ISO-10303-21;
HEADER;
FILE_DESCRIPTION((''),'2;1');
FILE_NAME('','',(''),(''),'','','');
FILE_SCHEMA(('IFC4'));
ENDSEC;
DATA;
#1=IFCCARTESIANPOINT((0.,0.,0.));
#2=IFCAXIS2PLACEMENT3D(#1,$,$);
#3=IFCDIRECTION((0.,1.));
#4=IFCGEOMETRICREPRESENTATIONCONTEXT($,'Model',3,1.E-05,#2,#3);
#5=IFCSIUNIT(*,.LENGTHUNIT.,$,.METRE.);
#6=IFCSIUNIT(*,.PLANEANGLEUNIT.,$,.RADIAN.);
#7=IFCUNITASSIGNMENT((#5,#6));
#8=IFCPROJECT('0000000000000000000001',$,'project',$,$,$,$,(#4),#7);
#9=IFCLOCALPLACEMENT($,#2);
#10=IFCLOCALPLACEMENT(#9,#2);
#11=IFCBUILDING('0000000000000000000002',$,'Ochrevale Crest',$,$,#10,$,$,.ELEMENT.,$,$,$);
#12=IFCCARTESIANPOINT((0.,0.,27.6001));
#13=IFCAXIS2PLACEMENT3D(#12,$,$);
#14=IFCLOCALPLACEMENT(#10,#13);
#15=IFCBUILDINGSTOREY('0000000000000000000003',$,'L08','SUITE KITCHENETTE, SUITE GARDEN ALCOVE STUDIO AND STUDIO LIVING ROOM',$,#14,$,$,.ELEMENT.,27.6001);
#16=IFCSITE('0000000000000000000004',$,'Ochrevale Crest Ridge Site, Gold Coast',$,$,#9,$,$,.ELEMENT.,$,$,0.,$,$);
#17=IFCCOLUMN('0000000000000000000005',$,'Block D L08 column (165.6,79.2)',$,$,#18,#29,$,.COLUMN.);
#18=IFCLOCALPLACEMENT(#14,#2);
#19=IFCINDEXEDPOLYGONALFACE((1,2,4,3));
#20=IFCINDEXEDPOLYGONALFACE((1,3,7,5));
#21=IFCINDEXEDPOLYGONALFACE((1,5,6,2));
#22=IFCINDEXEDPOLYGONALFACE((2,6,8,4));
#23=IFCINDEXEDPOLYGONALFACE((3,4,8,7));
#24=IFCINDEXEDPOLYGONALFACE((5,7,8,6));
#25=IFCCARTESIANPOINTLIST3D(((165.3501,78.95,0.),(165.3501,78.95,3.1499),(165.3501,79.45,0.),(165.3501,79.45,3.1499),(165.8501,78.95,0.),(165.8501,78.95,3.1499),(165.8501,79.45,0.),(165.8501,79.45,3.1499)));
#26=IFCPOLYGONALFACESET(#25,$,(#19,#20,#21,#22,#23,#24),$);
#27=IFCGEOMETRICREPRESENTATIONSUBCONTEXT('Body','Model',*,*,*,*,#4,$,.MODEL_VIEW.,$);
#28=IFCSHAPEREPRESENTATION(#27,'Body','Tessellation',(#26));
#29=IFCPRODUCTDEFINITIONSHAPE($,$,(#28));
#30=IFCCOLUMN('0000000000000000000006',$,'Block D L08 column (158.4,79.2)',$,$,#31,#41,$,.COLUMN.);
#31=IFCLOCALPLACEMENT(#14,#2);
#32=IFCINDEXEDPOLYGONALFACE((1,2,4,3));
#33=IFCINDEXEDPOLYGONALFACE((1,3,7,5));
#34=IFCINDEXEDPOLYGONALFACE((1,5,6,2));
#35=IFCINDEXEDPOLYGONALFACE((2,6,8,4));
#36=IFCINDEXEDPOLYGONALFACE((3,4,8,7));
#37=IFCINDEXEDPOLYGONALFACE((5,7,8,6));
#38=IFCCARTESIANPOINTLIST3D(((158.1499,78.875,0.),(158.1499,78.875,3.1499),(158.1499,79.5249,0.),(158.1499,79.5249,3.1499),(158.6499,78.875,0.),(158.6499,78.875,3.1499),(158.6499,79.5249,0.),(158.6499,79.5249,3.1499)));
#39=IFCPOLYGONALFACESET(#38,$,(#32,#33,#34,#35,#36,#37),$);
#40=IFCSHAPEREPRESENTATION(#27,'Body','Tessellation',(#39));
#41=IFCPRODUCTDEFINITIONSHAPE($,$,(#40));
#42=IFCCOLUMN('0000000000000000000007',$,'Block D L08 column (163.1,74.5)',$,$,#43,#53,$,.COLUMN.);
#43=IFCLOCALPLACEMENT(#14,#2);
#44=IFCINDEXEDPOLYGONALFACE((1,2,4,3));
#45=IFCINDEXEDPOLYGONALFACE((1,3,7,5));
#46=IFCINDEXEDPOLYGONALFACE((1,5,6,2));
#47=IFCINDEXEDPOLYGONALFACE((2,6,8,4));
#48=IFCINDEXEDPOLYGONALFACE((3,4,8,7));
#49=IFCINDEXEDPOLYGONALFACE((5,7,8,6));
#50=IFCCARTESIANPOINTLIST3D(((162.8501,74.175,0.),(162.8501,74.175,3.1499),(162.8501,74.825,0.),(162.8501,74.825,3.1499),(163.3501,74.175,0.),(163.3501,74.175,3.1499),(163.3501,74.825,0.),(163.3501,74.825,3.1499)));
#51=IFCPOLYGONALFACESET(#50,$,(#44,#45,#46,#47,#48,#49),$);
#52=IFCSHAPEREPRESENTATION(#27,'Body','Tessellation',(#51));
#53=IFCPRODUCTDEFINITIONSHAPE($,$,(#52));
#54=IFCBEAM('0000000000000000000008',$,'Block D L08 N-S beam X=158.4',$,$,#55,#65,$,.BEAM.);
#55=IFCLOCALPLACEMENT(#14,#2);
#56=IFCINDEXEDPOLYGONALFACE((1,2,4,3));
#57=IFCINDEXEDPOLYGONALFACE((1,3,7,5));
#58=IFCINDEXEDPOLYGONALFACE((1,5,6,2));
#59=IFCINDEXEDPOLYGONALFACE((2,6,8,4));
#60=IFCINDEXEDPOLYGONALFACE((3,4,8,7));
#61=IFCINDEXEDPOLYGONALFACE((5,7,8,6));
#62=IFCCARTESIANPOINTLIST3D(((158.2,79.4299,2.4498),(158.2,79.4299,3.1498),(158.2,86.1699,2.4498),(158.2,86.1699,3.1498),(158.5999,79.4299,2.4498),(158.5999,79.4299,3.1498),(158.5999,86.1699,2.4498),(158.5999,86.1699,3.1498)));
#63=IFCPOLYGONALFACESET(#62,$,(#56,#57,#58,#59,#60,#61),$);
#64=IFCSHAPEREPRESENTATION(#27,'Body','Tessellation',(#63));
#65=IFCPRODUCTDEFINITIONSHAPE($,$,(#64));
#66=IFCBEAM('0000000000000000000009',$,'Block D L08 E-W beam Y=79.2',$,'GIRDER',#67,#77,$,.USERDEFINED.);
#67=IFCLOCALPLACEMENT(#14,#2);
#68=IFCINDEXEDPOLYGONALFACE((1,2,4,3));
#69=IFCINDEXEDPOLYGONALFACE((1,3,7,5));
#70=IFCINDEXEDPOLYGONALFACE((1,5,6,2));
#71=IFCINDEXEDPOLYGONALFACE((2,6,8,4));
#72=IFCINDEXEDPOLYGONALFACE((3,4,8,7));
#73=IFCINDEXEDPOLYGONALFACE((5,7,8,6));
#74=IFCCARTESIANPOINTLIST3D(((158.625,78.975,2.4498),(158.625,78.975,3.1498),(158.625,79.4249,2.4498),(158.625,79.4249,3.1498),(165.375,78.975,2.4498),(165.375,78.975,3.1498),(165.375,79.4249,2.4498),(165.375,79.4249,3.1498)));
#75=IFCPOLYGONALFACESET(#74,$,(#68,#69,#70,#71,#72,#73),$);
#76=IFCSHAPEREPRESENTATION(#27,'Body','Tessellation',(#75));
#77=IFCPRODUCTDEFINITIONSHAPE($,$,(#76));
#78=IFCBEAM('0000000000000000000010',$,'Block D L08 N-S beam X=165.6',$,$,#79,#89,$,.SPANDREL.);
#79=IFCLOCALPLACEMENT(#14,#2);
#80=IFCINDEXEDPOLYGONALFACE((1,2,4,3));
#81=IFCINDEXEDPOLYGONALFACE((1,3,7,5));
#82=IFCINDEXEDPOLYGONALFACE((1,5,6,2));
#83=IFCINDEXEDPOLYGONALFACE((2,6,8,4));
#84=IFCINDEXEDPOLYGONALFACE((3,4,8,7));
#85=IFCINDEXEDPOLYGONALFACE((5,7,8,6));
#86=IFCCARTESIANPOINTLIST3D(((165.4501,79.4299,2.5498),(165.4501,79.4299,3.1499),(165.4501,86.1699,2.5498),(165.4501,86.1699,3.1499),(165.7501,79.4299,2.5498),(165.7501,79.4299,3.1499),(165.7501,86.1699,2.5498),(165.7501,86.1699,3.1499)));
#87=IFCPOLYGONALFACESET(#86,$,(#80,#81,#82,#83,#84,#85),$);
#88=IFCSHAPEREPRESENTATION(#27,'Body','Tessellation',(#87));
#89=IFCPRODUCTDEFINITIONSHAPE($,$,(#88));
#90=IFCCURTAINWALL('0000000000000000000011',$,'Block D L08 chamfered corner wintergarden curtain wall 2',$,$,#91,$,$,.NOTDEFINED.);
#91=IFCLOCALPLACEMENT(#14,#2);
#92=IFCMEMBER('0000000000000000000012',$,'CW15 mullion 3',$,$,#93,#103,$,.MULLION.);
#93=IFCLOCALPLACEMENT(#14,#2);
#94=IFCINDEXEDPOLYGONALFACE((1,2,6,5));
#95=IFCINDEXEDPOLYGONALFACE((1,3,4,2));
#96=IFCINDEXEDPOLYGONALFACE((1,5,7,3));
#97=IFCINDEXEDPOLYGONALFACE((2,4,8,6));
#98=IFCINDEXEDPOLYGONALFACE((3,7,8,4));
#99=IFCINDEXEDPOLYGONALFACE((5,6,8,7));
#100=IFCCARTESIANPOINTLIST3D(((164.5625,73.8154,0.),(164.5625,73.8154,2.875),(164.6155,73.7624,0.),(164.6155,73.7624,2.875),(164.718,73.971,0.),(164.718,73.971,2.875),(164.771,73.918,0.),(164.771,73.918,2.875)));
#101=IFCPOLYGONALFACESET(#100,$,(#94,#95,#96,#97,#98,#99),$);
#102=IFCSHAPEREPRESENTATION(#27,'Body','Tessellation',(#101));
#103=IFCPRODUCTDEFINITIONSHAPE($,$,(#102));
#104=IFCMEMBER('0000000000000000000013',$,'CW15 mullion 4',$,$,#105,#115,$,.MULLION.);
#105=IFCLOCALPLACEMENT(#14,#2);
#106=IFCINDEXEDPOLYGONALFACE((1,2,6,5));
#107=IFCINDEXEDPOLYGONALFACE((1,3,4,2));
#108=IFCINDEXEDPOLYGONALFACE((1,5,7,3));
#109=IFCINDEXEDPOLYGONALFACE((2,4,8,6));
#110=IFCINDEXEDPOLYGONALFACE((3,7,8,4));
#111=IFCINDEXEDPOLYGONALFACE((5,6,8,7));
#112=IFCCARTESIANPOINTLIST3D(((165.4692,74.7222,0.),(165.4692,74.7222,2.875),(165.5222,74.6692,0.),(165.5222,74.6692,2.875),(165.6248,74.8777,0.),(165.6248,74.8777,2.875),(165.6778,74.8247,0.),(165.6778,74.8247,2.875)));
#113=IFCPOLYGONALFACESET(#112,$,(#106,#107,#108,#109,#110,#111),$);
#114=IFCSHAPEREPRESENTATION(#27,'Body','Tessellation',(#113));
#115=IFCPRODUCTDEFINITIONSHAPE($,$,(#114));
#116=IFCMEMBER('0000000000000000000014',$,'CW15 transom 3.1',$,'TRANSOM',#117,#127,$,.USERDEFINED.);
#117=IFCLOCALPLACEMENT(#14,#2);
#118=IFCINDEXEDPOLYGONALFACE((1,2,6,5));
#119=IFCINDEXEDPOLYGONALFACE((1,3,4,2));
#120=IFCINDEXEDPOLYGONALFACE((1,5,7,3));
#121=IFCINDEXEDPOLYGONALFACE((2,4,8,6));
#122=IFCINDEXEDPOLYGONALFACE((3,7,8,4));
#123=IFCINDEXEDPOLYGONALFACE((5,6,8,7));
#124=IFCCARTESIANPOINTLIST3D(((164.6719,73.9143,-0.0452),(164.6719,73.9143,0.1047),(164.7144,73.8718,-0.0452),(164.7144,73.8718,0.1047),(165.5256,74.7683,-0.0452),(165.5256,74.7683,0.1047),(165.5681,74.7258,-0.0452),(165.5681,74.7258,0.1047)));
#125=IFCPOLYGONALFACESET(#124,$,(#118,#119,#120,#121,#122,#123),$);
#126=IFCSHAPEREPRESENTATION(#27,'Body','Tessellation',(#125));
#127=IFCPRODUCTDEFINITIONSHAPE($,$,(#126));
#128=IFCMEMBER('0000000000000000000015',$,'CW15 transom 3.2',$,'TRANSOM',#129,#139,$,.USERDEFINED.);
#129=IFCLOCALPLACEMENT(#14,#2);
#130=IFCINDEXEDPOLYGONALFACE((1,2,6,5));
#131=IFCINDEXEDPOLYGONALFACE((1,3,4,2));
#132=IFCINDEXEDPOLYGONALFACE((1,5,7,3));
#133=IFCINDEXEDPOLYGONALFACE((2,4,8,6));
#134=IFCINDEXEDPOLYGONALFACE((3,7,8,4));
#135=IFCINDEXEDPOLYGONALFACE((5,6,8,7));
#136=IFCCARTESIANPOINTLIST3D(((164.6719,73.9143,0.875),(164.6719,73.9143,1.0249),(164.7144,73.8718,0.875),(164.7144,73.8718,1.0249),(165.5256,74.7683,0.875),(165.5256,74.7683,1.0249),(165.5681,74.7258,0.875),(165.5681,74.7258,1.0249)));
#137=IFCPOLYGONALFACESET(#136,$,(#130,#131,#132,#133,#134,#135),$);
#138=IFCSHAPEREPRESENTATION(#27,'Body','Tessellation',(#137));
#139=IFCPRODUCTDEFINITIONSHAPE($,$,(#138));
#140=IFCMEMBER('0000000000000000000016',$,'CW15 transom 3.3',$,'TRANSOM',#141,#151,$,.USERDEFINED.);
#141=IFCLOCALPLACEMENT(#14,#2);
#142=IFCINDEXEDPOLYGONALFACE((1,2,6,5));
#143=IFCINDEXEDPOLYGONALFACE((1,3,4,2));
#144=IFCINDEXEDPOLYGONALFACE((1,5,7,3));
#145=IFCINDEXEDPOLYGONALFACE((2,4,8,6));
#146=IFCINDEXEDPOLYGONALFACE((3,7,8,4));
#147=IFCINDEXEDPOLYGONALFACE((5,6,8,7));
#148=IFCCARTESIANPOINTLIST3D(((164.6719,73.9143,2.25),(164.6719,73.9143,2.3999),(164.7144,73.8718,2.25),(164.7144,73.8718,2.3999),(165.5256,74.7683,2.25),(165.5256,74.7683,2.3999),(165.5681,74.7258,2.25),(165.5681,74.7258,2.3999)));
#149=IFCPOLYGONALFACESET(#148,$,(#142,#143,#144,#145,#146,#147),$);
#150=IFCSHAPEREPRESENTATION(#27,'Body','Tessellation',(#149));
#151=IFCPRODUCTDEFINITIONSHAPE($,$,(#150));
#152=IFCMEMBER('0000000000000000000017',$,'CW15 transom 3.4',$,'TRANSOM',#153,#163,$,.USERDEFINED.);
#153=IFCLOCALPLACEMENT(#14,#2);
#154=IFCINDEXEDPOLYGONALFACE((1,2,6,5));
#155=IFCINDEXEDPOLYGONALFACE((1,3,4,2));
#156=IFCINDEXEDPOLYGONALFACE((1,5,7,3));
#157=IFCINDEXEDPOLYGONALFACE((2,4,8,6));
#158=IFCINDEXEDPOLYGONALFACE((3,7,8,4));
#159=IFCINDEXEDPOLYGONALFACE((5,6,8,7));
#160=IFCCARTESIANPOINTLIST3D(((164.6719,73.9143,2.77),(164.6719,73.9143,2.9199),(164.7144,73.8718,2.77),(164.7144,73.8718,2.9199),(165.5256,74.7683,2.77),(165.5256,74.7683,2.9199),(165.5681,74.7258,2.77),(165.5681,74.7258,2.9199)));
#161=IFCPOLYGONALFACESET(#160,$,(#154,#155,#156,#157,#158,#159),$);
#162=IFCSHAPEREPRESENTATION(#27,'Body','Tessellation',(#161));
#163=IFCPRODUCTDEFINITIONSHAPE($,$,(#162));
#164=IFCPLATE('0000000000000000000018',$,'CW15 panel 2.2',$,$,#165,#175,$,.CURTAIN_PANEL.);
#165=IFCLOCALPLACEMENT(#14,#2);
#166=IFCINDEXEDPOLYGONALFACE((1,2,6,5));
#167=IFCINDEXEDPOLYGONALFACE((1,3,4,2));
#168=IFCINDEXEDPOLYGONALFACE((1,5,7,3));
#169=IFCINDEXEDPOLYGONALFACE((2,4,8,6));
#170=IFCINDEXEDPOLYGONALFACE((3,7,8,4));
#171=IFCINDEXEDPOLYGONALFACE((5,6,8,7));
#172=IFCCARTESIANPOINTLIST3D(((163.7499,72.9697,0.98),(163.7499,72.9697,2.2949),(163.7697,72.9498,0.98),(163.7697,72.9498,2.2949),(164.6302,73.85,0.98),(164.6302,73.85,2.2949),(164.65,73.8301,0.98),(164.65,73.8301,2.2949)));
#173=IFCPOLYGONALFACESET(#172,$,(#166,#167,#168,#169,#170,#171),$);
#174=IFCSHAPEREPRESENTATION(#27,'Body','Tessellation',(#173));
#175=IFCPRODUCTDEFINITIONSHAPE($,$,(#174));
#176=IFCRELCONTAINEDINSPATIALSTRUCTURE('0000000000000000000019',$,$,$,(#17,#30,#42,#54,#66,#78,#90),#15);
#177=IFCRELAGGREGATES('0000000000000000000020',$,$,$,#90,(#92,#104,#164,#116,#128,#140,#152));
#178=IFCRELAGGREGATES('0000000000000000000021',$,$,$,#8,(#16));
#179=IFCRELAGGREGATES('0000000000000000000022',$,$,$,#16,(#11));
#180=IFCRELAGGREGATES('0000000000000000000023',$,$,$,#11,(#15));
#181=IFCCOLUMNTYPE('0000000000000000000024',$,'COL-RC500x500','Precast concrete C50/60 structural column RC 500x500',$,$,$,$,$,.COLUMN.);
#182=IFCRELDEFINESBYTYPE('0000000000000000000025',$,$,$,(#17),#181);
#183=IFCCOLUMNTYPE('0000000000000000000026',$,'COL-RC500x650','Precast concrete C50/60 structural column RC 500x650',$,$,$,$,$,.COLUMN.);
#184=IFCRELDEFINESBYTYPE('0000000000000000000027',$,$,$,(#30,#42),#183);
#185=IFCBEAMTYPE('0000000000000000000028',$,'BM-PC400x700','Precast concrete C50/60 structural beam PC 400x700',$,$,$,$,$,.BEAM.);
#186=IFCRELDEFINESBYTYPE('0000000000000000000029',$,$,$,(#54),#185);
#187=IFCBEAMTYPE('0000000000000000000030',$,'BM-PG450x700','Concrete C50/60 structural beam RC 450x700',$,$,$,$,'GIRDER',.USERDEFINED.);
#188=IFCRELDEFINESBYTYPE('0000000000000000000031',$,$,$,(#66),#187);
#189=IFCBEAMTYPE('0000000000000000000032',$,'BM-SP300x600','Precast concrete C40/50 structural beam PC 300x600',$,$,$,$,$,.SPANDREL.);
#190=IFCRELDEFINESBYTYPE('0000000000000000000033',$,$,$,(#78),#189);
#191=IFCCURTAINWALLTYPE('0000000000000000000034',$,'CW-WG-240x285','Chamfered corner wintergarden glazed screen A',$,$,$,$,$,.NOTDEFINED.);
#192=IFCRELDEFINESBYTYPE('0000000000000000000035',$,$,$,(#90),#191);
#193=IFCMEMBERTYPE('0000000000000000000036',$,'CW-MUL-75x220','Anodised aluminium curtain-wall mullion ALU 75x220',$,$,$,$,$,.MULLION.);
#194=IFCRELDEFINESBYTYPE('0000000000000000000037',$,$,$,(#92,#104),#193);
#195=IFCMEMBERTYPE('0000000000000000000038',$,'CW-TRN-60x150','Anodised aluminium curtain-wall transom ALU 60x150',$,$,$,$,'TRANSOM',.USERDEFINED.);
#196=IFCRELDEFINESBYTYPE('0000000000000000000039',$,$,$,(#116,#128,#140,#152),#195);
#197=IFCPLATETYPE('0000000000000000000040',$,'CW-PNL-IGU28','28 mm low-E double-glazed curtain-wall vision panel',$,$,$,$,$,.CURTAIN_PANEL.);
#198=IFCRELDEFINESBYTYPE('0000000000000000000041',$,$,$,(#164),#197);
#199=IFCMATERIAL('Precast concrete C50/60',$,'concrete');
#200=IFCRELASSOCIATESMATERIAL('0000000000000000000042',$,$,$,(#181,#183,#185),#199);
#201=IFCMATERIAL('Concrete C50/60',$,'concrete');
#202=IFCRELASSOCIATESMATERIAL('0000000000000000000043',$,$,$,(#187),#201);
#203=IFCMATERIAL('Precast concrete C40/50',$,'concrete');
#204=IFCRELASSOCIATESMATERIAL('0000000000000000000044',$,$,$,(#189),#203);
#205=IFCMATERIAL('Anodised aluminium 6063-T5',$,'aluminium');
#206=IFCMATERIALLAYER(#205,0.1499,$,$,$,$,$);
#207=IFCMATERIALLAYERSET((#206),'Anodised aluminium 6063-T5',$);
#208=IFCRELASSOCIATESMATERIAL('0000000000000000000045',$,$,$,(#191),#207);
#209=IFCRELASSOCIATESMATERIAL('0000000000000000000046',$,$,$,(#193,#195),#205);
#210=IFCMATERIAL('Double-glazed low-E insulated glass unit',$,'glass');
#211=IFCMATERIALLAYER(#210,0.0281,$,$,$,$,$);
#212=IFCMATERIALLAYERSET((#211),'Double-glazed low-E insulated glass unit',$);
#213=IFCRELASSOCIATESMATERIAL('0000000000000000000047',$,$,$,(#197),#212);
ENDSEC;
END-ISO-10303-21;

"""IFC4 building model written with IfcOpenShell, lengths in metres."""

from ifc_helpers import new_model, si_unit, direction, frame, origin, origin_2d, place, context, subcontext, project, spatial, rectangle, extrude, material, layer, layer_set, material_profile, profile_set, type_object, element, aggregate, save


model = new_model("IFC4")

# Units and contexts
model_context = context("Model", 3, precision=1e-05, world=origin(), true_north=direction((0.0, 1.0)))
body_context = subcontext(model_context, "Body", "Model", "MODEL_VIEW")
ifc_project = project(units=[si_unit("LENGTHUNIT", "METRE"), si_unit("PLANEANGLEUNIT", "RADIAN")], contexts=[model_context])

# Site, building, storey
site_placement = place(None, origin())
site = spatial("IfcSite", under=ifc_project, at=site_placement, Name="Ochrevale Crest Ridge Site, Gold Coast", CompositionType="ELEMENT", RefElevation=0.0)
building_placement = place(site_placement, origin())
building = spatial("IfcBuilding", under=site, at=building_placement, Name="Ochrevale Crest", CompositionType="ELEMENT")
storey_placement = place(building_placement, frame((0.0, 0.0, 27.6001)))
storey = spatial("IfcBuildingStorey", under=building, at=storey_placement, Name="L08", Description="SUITE KITCHENETTE, SUITE GARDEN ALCOVE STUDIO AND STUDIO LIVING ROOM", CompositionType="ELEMENT", Elevation=27.6001)

# Columns
ifc_material_1 = material(Name="Precast concrete C50/60", Category="concrete")
ifc_material_profile_1 = material_profile(ifc_material_1, rectangle(XDim=0.5, YDim=0.5, at=origin_2d()), Name="RC 500x500")
ifc_profile_set_1 = profile_set([ifc_material_profile_1], Name="Precast concrete C50/60")
column_type_1 = type_object("IfcColumnType", Name="COL-RC500x500", Description="Precast concrete C50/60 structural column RC 500x500", PredefinedType="COLUMN", material=ifc_profile_set_1)
column_placement = place(storey_placement, frame((165.6001, 79.2, 0.0), z_axis=(0.0, 0.0, 1.0), x_axis=(1.0, 0.0, 0.0)))
element("IfcColumn", 1, at=column_placement, inside=storey, type_object=column_type_1, Name="Block D L08 column (165.6,79.2)", PredefinedType="COLUMN", context=body_context, shape_type="SweptSolid", body=[
    extrude(rectangle(XDim=0.5, YDim=0.5, at=origin_2d()), origin(), (0.0, 0.0, 1.0), 3.1499),
])
ifc_material_profile_2 = material_profile(ifc_material_1, rectangle(XDim=0.5, YDim=0.6499, at=origin_2d()), Name="RC 500x650")
ifc_profile_set_2 = profile_set([ifc_material_profile_2], Name="Precast concrete C50/60")
column_type_2 = type_object("IfcColumnType", Name="COL-RC500x650", Description="Precast concrete C50/60 structural column RC 500x650", PredefinedType="COLUMN", material=ifc_profile_set_2)
for number, where, z_axis, x_axis, name in (
    (2, (158.3999, 79.2, 0.0), (0.0, 0.0, 1.0), (1.0, 0.0, 0.0), "Block D L08 column (158.4,79.2)"),
    (3, (163.1001, 74.5, 0.0), (0.0, 0.0, 1.0), (1.0, 0.0, 0.0), "Block D L08 column (163.1,74.5)"),
):
    element("IfcColumn", number, at=place(storey_placement, frame(where, z_axis=z_axis, x_axis=x_axis)), inside=storey, type_object=column_type_2, Name=name, PredefinedType="COLUMN", context=body_context, shape_type="SweptSolid", body=[
        extrude(rectangle(XDim=0.5, YDim=0.6499, at=origin_2d()), origin(), (0.0, 0.0, 1.0), 3.1499),
    ])

# Beams
ifc_material_profile_3 = material_profile(ifc_material_1, rectangle(XDim=0.3999, YDim=0.7, at=origin_2d()), Name="PC 400x700")
ifc_profile_set_3 = profile_set([ifc_material_profile_3], Name="Precast concrete C50/60")
beam_type_1 = type_object("IfcBeamType", Name="BM-PC400x700", Description="Precast concrete C50/60 structural beam PC 400x700", PredefinedType="BEAM", material=ifc_profile_set_3)
beam_1_placement = place(storey_placement, frame((158.3999, 79.4299, 2.7998), z_axis=(0.0, 1.0, 0.0), x_axis=(-1.0, 0.0, 0.0)))
element("IfcBeam", 4, at=beam_1_placement, inside=storey, type_object=beam_type_1, Name="Block D L08 N-S beam X=158.4", PredefinedType="BEAM", context=body_context, shape_type="SweptSolid", body=[
    extrude(rectangle(XDim=0.3999, YDim=0.7, at=origin_2d()), origin(), (0.0, 0.0, 1.0), 6.74),
])
ifc_material_2 = material(Name="Concrete C50/60", Category="concrete")
ifc_material_profile_4 = material_profile(ifc_material_2, rectangle(XDim=0.45, YDim=0.7, at=origin_2d()), Name="RC 450x700")
ifc_profile_set_4 = profile_set([ifc_material_profile_4], Name="Concrete C50/60")
beam_type_2 = type_object("IfcBeamType", Name="BM-PG450x700", Description="Concrete C50/60 structural beam RC 450x700", ElementType="GIRDER", PredefinedType="USERDEFINED", material=ifc_profile_set_4)
beam_2_placement = place(storey_placement, frame((158.625, 79.2, 2.7998), z_axis=(1.0, 0.0, 0.0), x_axis=(0.0, 1.0, 0.0)))
element("IfcBeam", 5, at=beam_2_placement, inside=storey, type_object=beam_type_2, Name="Block D L08 E-W beam Y=79.2", ObjectType="GIRDER", PredefinedType="USERDEFINED", context=body_context, shape_type="SweptSolid", body=[
    extrude(rectangle(XDim=0.45, YDim=0.7, at=origin_2d()), origin(), (0.0, 0.0, 1.0), 6.75),
])
ifc_material_3 = material(Name="Precast concrete C40/50", Category="concrete")
ifc_material_profile_5 = material_profile(ifc_material_3, rectangle(XDim=0.3, YDim=0.6001, at=origin_2d()), Name="PC 300x600")
ifc_profile_set_5 = profile_set([ifc_material_profile_5], Name="Precast concrete C40/50")
beam_type_3 = type_object("IfcBeamType", Name="BM-SP300x600", Description="Precast concrete C40/50 structural beam PC 300x600", PredefinedType="SPANDREL", material=ifc_profile_set_5)
beam_3_placement = place(storey_placement, frame((165.6001, 79.4299, 2.8499), z_axis=(0.0, 1.0, 0.0), x_axis=(-1.0, 0.0, 0.0)))
element("IfcBeam", 6, at=beam_3_placement, inside=storey, type_object=beam_type_3, Name="Block D L08 N-S beam X=165.6", PredefinedType="SPANDREL", context=body_context, shape_type="SweptSolid", body=[
    extrude(rectangle(XDim=0.3, YDim=0.6001, at=origin_2d()), origin(), (0.0, 0.0, 1.0), 6.74),
])

# Curtain wall, members, plate
ifc_material_4 = material(Name="Anodised aluminium 6063-T5", Category="aluminium")
ifc_layer_1 = layer(ifc_material_4, 0.1499)
ifc_layer_set_1 = layer_set([ifc_layer_1], Name="Anodised aluminium 6063-T5")
curtain_wall_type = type_object("IfcCurtainWallType", Name="CW-WG-240x285", Description="Chamfered corner wintergarden glazed screen A", PredefinedType="NOTDEFINED", material=ifc_layer_set_1)
curtain_wall_placement = place(storey_placement, origin())
curtain_wall = element("IfcCurtainWall", 7, at=curtain_wall_placement, inside=storey, type_object=curtain_wall_type, Name="Block D L08 chamfered corner wintergarden curtain wall 2", PredefinedType="NOTDEFINED")
ifc_material_profile_6 = material_profile(ifc_material_4, rectangle(XDim=0.075, YDim=0.22, at=origin_2d()), Name="ALU 75x220")
ifc_profile_set_6 = profile_set([ifc_material_profile_6], Name="Anodised aluminium 6063-T5")
member_type_1 = type_object("IfcMemberType", Name="CW-MUL-75x220", Description="Anodised aluminium curtain-wall mullion ALU 75x220", PredefinedType="MULLION", material=ifc_profile_set_6)
member_1_placement = place(storey_placement, frame((164.6667, 73.8667, 0.0), z_axis=(0.0, 0.0, 1.0), x_axis=(-0.707107, 0.707107, 0.0)))
member_1 = element("IfcMember", 8, at=member_1_placement, type_object=member_type_1, Name="CW15 mullion 3", PredefinedType="MULLION", context=body_context, shape_type="SweptSolid", body=[
    extrude(rectangle(XDim=0.075, YDim=0.22, at=origin_2d()), origin(), (0.0, 0.0, 1.0), 2.875),
])
member_2_placement = place(storey_placement, frame((165.5735, 74.7734, 0.0), z_axis=(0.0, 0.0, 1.0), x_axis=(-0.707107, 0.707107, 0.0)))
member_2 = element("IfcMember", 9, at=member_2_placement, type_object=member_type_1, Name="CW15 mullion 4", PredefinedType="MULLION", context=body_context, shape_type="SweptSolid", body=[
    extrude(rectangle(XDim=0.075, YDim=0.22, at=origin_2d()), origin(), (0.0, 0.0, 1.0), 2.875),
])
ifc_material_profile_7 = material_profile(ifc_material_4, rectangle(XDim=0.0601, YDim=0.1499, at=origin_2d()), Name="ALU 60x150")
ifc_profile_set_7 = profile_set([ifc_material_profile_7], Name="Anodised aluminium 6063-T5")
member_type_2 = type_object("IfcMemberType", Name="CW-TRN-60x150", Description="Anodised aluminium curtain-wall transom ALU 60x150", ElementType="TRANSOM", PredefinedType="USERDEFINED", material=ifc_profile_set_7)
member_3_placement = place(storey_placement, frame((164.6931, 73.8931, 0.0298), z_axis=(0.707006, 0.707208, 0.0), x_axis=(-0.707208, 0.707006, 0.0)))
member_3 = element("IfcMember", 10, at=member_3_placement, type_object=member_type_2, Name="CW15 transom 3.1", ObjectType="TRANSOM", PredefinedType="USERDEFINED", context=body_context, shape_type="SweptSolid", body=[
    extrude(rectangle(XDim=0.0601, YDim=0.1499, at=origin_2d()), origin(), (0.0, 0.0, 1.0), 1.2075),
])
member_4_placement = place(storey_placement, frame((164.6931, 73.8931, 0.95), z_axis=(0.707006, 0.707208, 0.0), x_axis=(-0.707208, 0.707006, 0.0)))
member_4 = element("IfcMember", 11, at=member_4_placement, type_object=member_type_2, Name="CW15 transom 3.2", ObjectType="TRANSOM", PredefinedType="USERDEFINED", context=body_context, shape_type="SweptSolid", body=[
    extrude(rectangle(XDim=0.0601, YDim=0.1499, at=origin_2d()), origin(), (0.0, 0.0, 1.0), 1.2075),
])
member_5_placement = place(storey_placement, frame((164.6931, 73.8931, 2.325), z_axis=(0.707006, 0.707208, 0.0), x_axis=(-0.707208, 0.707006, 0.0)))
member_5 = element("IfcMember", 12, at=member_5_placement, type_object=member_type_2, Name="CW15 transom 3.3", ObjectType="TRANSOM", PredefinedType="USERDEFINED", context=body_context, shape_type="SweptSolid", body=[
    extrude(rectangle(XDim=0.0601, YDim=0.1499, at=origin_2d()), origin(), (0.0, 0.0, 1.0), 1.2075),
])
member_6_placement = place(storey_placement, frame((164.6931, 73.8931, 2.845), z_axis=(0.707006, 0.707208, 0.0), x_axis=(-0.707208, 0.707006, 0.0)))
member_6 = element("IfcMember", 13, at=member_6_placement, type_object=member_type_2, Name="CW15 transom 3.4", ObjectType="TRANSOM", PredefinedType="USERDEFINED", context=body_context, shape_type="SweptSolid", body=[
    extrude(rectangle(XDim=0.0601, YDim=0.1499, at=origin_2d()), origin(), (0.0, 0.0, 1.0), 1.2075),
])
ifc_material_5 = material(Name="Double-glazed low-E insulated glass unit", Category="glass")
ifc_layer_2 = layer(ifc_material_5, 0.0281)
ifc_layer_set_2 = layer_set([ifc_layer_2], Name="Double-glazed low-E insulated glass unit")
plate_type = type_object("IfcPlateType", Name="CW-PNL-IGU28", Description="28 mm low-E double-glazed curtain-wall vision panel", PredefinedType="CURTAIN_PANEL", material=ifc_layer_set_2)
plate_1_placement = place(storey_placement, frame((164.2, 73.3999, 0.98), z_axis=(0.0, 0.0, 1.0), x_axis=(0.707107, 0.707107, 0.0)))
plate_1 = element("IfcPlate", 14, at=plate_1_placement, type_object=plate_type, Name="CW15 panel 2.2", PredefinedType="CURTAIN_PANEL", context=body_context, shape_type="SweptSolid", body=[
    extrude(rectangle(XDim=1.2449, YDim=0.0281, at=origin_2d()), origin(), (0.0, 0.0, 1.0), 1.3149),
])
aggregate(curtain_wall, [member_1, member_2, plate_1, member_3, member_4, member_5, member_6])

save(model, "model.ifc")
